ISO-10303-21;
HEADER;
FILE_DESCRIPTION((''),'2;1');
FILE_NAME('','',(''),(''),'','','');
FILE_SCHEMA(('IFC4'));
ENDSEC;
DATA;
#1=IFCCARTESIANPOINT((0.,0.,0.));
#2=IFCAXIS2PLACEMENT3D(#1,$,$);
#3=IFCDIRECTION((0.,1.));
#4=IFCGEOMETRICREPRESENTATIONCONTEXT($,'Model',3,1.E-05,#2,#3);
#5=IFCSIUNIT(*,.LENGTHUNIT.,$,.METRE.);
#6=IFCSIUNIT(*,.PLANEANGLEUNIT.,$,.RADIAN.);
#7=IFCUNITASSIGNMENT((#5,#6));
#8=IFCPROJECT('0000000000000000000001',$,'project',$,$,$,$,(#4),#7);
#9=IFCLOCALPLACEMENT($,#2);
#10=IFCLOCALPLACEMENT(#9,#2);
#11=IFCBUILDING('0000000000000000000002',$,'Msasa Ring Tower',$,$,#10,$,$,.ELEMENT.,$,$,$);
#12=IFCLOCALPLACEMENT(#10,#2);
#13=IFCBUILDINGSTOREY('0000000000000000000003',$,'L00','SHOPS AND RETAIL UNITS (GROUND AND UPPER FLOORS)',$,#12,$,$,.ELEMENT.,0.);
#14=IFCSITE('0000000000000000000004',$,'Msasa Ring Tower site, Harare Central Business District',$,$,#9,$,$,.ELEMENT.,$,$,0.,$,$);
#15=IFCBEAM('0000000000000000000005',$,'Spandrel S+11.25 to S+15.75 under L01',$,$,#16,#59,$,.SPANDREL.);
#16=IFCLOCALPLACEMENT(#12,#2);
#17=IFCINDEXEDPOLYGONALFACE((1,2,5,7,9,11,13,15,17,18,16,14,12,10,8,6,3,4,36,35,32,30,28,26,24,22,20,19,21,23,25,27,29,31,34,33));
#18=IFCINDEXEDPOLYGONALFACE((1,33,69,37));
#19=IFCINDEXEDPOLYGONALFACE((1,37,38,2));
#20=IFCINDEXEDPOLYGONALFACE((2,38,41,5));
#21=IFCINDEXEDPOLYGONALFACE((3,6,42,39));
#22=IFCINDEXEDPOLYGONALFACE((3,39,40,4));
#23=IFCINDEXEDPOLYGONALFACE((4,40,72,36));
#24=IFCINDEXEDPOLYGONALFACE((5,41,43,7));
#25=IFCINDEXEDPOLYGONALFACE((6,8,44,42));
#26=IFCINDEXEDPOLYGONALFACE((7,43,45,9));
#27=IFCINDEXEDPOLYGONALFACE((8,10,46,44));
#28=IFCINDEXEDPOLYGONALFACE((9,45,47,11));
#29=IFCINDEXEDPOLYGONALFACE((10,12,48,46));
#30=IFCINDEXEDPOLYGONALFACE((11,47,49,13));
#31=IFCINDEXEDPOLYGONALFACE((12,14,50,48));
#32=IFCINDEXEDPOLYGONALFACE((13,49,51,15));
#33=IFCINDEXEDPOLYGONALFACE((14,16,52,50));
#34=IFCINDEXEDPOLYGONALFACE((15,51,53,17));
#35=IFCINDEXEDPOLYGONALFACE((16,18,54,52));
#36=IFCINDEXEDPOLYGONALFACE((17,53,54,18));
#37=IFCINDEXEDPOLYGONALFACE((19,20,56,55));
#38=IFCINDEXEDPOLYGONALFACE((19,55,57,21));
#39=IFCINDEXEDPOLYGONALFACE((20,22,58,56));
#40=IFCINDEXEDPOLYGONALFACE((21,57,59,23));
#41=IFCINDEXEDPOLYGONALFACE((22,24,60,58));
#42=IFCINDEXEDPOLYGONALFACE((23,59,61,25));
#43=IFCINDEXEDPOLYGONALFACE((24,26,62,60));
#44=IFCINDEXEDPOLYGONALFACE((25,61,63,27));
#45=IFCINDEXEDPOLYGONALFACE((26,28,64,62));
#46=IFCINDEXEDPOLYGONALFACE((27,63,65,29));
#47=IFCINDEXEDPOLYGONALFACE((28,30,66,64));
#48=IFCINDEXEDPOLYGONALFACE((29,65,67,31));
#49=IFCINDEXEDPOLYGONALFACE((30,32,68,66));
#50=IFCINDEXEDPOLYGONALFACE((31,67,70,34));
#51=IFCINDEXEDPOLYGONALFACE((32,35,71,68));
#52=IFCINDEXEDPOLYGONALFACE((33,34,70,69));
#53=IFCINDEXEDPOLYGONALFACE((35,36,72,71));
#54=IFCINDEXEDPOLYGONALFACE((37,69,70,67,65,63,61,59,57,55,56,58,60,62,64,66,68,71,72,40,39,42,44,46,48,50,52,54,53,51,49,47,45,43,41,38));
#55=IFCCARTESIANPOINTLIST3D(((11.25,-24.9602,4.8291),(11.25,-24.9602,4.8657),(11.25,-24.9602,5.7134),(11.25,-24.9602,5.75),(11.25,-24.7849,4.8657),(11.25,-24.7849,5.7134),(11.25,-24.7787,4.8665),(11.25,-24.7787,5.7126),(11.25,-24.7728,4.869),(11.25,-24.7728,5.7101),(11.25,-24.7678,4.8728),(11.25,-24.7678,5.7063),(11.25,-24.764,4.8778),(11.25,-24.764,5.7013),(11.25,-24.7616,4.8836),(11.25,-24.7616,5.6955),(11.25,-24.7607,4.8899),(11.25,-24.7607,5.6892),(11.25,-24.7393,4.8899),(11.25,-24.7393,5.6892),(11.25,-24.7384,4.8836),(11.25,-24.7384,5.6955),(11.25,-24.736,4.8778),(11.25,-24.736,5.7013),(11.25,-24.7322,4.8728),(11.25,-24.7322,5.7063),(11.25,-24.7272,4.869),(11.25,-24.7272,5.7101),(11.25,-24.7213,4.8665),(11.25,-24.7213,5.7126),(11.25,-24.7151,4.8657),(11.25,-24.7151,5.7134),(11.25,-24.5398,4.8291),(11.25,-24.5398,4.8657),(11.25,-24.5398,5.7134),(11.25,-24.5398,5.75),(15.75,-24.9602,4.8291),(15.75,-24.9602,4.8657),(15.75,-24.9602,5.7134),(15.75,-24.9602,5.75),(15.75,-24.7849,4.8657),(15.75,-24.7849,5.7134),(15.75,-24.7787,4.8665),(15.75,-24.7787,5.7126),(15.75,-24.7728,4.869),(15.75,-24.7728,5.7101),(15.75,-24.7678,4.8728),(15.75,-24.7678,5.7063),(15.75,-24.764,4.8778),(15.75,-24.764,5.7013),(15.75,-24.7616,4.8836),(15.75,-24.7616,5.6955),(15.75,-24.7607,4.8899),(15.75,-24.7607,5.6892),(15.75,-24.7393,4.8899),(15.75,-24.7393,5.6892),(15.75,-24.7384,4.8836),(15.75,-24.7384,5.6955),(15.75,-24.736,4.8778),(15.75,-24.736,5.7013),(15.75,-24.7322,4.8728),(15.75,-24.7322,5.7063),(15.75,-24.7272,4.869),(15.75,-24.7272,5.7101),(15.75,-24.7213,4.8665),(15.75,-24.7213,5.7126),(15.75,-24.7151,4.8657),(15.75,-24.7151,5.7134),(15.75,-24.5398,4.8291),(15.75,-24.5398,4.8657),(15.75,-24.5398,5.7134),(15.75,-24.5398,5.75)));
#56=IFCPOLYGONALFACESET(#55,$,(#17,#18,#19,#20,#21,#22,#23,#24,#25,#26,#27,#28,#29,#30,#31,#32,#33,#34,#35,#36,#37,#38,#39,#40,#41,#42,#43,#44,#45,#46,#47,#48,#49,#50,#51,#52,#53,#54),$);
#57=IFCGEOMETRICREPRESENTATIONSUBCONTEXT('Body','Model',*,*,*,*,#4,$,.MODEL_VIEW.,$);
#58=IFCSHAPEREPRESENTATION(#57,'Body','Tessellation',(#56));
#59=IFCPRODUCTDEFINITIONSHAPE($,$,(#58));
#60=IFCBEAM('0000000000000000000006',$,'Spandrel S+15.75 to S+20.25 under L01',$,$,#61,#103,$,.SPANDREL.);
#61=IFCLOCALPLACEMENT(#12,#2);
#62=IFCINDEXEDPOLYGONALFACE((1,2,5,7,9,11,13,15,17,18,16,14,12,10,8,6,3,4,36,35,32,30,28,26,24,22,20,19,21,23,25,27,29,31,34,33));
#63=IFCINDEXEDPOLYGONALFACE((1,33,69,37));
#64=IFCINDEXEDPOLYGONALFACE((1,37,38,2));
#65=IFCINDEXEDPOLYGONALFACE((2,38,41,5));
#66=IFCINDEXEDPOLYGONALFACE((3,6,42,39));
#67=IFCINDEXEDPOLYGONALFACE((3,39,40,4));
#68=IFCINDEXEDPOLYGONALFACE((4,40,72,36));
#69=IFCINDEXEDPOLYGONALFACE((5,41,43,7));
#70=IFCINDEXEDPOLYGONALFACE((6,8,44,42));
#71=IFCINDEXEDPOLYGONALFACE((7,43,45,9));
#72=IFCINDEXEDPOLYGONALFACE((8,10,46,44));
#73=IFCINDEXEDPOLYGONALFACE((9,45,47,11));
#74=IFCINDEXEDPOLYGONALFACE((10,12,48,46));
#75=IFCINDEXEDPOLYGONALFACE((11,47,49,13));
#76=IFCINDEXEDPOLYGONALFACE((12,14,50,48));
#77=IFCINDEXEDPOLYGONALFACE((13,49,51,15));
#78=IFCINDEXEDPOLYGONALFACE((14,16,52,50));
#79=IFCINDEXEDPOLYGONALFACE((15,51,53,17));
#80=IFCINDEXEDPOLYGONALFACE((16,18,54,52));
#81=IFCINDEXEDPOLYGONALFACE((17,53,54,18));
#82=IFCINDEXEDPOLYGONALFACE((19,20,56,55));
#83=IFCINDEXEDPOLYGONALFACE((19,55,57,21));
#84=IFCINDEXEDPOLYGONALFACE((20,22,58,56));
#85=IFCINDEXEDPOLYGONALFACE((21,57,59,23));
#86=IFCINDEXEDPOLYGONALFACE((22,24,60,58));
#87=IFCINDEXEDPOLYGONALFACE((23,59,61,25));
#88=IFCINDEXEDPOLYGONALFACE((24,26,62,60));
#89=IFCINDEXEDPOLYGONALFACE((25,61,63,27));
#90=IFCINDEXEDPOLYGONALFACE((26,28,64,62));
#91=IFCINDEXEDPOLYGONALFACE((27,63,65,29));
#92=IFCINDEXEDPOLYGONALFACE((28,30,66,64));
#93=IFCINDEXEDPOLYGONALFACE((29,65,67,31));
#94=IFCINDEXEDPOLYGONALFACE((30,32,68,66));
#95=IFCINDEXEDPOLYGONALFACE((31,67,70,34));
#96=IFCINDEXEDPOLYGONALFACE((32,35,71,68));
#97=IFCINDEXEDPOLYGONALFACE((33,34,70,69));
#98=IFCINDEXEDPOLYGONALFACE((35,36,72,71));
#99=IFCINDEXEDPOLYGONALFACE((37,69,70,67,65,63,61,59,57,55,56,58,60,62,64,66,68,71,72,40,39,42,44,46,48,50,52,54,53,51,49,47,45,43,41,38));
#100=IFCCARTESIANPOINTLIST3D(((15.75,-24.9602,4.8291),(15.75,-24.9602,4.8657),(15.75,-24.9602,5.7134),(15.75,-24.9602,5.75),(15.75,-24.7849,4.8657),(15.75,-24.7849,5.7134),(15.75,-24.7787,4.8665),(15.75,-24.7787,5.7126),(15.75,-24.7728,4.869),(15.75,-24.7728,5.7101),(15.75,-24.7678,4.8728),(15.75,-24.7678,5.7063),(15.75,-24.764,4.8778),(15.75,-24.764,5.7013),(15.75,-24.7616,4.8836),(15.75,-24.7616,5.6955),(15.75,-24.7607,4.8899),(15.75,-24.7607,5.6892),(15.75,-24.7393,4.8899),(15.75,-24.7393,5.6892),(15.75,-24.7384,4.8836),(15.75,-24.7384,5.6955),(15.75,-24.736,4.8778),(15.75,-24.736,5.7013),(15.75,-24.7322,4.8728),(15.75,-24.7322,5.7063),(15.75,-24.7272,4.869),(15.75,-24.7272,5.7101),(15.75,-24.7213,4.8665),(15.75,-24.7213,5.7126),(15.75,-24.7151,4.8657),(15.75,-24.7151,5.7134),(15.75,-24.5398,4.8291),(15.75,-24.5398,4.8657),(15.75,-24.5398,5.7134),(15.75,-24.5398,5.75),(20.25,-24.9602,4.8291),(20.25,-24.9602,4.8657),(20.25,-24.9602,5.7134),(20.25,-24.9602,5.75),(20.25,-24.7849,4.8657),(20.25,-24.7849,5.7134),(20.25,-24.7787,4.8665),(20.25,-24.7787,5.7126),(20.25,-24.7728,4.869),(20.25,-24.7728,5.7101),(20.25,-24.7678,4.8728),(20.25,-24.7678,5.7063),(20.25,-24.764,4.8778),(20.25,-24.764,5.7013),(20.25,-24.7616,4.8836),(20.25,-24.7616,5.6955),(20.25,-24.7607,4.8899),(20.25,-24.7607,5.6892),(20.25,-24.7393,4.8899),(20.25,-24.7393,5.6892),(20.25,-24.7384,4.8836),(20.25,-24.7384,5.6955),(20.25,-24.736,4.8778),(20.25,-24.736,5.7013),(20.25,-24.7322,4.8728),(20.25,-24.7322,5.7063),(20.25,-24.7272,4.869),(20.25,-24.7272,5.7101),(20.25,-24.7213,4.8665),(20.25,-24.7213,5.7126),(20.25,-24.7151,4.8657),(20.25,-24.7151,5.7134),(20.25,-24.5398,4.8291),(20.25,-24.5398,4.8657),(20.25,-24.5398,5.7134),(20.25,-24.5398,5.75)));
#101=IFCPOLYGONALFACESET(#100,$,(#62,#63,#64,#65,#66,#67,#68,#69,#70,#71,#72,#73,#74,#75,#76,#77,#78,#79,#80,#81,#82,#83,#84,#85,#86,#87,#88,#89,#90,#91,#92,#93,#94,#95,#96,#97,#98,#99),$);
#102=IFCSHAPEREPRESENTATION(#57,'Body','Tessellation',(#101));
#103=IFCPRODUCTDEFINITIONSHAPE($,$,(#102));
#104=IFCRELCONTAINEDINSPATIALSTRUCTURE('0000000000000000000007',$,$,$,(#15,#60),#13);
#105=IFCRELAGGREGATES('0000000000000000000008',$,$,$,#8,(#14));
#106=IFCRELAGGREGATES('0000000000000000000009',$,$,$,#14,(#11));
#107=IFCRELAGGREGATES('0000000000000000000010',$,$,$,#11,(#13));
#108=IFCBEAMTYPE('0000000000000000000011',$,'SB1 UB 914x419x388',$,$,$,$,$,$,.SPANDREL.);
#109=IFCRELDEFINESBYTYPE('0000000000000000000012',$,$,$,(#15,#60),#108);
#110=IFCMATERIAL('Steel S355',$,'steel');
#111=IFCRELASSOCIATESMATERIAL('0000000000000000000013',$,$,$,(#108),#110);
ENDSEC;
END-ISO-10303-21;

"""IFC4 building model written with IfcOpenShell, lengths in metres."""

from ifc_helpers import new_model, si_unit, direction, frame, origin, origin_2d, place, context, subcontext, project, spatial, i_section, extrude, material, material_profile, profile_set, type_object, element, save


model = new_model("IFC4")

# Units and contexts
model_context = context("Model", 3, precision=1e-05, world=origin(), true_north=direction((0.0, 1.0)))
body_context = subcontext(model_context, "Body", "Model", "MODEL_VIEW")
ifc_project = project(units=[si_unit("LENGTHUNIT", "METRE"), si_unit("PLANEANGLEUNIT", "RADIAN")], contexts=[model_context])

# Site, building, storey
site_placement = place(None, origin())
site = spatial("IfcSite", under=ifc_project, at=site_placement, Name="Msasa Ring Tower site, Harare Central Business District", CompositionType="ELEMENT", RefElevation=0.0)
building_placement = place(site_placement, origin())
building = spatial("IfcBuilding", under=site, at=building_placement, Name="Msasa Ring Tower", CompositionType="ELEMENT")
storey_placement = place(building_placement, origin())
storey = spatial("IfcBuildingStorey", under=building, at=storey_placement, Name="L00", Description="SHOPS AND RETAIL UNITS (GROUND AND UPPER FLOORS)", CompositionType="ELEMENT", Elevation=0.0)

# Beams
ifc_material_1 = material(Name="Steel S355", Category="steel")
ifc_material_profile_1 = material_profile(ifc_material_1, i_section(OverallWidth=0.4204, OverallDepth=0.9209, WebThickness=0.0215, FlangeThickness=0.0366, FilletRadius=0.0242, at=origin_2d()), Name="UB 914x419x388")
ifc_profile_set_1 = profile_set([ifc_material_profile_1], Name="Steel S355")
beam_type_1 = type_object("IfcBeamType", Name="SB1 UB 914x419x388", PredefinedType="SPANDREL", material=ifc_profile_set_1)
for number, where, z_axis, x_axis, name in (
    (1, (11.25, -24.75, 5.2896), (1.0, 0.0, 0.0), (0.0, 1.0, 0.0), "Spandrel S+11.25 to S+15.75 under L01"),
    (2, (15.75, -24.75, 5.2896), (1.0, 0.0, 0.0), (0.0, 1.0, 0.0), "Spandrel S+15.75 to S+20.25 under L01"),
):
    element("IfcBeam", number, at=place(storey_placement, frame(where, z_axis=z_axis, x_axis=x_axis)), inside=storey, type_object=beam_type_1, Name=name, PredefinedType="SPANDREL", context=body_context, shape_type="SweptSolid", body=[
        extrude(i_section(OverallWidth=0.4204, OverallDepth=0.9209, WebThickness=0.0215, FlangeThickness=0.0366, FilletRadius=0.0242, at=origin_2d()), origin(), (0.0, 0.0, 1.0), 4.5),
    ])

save(model, "model.ifc")
